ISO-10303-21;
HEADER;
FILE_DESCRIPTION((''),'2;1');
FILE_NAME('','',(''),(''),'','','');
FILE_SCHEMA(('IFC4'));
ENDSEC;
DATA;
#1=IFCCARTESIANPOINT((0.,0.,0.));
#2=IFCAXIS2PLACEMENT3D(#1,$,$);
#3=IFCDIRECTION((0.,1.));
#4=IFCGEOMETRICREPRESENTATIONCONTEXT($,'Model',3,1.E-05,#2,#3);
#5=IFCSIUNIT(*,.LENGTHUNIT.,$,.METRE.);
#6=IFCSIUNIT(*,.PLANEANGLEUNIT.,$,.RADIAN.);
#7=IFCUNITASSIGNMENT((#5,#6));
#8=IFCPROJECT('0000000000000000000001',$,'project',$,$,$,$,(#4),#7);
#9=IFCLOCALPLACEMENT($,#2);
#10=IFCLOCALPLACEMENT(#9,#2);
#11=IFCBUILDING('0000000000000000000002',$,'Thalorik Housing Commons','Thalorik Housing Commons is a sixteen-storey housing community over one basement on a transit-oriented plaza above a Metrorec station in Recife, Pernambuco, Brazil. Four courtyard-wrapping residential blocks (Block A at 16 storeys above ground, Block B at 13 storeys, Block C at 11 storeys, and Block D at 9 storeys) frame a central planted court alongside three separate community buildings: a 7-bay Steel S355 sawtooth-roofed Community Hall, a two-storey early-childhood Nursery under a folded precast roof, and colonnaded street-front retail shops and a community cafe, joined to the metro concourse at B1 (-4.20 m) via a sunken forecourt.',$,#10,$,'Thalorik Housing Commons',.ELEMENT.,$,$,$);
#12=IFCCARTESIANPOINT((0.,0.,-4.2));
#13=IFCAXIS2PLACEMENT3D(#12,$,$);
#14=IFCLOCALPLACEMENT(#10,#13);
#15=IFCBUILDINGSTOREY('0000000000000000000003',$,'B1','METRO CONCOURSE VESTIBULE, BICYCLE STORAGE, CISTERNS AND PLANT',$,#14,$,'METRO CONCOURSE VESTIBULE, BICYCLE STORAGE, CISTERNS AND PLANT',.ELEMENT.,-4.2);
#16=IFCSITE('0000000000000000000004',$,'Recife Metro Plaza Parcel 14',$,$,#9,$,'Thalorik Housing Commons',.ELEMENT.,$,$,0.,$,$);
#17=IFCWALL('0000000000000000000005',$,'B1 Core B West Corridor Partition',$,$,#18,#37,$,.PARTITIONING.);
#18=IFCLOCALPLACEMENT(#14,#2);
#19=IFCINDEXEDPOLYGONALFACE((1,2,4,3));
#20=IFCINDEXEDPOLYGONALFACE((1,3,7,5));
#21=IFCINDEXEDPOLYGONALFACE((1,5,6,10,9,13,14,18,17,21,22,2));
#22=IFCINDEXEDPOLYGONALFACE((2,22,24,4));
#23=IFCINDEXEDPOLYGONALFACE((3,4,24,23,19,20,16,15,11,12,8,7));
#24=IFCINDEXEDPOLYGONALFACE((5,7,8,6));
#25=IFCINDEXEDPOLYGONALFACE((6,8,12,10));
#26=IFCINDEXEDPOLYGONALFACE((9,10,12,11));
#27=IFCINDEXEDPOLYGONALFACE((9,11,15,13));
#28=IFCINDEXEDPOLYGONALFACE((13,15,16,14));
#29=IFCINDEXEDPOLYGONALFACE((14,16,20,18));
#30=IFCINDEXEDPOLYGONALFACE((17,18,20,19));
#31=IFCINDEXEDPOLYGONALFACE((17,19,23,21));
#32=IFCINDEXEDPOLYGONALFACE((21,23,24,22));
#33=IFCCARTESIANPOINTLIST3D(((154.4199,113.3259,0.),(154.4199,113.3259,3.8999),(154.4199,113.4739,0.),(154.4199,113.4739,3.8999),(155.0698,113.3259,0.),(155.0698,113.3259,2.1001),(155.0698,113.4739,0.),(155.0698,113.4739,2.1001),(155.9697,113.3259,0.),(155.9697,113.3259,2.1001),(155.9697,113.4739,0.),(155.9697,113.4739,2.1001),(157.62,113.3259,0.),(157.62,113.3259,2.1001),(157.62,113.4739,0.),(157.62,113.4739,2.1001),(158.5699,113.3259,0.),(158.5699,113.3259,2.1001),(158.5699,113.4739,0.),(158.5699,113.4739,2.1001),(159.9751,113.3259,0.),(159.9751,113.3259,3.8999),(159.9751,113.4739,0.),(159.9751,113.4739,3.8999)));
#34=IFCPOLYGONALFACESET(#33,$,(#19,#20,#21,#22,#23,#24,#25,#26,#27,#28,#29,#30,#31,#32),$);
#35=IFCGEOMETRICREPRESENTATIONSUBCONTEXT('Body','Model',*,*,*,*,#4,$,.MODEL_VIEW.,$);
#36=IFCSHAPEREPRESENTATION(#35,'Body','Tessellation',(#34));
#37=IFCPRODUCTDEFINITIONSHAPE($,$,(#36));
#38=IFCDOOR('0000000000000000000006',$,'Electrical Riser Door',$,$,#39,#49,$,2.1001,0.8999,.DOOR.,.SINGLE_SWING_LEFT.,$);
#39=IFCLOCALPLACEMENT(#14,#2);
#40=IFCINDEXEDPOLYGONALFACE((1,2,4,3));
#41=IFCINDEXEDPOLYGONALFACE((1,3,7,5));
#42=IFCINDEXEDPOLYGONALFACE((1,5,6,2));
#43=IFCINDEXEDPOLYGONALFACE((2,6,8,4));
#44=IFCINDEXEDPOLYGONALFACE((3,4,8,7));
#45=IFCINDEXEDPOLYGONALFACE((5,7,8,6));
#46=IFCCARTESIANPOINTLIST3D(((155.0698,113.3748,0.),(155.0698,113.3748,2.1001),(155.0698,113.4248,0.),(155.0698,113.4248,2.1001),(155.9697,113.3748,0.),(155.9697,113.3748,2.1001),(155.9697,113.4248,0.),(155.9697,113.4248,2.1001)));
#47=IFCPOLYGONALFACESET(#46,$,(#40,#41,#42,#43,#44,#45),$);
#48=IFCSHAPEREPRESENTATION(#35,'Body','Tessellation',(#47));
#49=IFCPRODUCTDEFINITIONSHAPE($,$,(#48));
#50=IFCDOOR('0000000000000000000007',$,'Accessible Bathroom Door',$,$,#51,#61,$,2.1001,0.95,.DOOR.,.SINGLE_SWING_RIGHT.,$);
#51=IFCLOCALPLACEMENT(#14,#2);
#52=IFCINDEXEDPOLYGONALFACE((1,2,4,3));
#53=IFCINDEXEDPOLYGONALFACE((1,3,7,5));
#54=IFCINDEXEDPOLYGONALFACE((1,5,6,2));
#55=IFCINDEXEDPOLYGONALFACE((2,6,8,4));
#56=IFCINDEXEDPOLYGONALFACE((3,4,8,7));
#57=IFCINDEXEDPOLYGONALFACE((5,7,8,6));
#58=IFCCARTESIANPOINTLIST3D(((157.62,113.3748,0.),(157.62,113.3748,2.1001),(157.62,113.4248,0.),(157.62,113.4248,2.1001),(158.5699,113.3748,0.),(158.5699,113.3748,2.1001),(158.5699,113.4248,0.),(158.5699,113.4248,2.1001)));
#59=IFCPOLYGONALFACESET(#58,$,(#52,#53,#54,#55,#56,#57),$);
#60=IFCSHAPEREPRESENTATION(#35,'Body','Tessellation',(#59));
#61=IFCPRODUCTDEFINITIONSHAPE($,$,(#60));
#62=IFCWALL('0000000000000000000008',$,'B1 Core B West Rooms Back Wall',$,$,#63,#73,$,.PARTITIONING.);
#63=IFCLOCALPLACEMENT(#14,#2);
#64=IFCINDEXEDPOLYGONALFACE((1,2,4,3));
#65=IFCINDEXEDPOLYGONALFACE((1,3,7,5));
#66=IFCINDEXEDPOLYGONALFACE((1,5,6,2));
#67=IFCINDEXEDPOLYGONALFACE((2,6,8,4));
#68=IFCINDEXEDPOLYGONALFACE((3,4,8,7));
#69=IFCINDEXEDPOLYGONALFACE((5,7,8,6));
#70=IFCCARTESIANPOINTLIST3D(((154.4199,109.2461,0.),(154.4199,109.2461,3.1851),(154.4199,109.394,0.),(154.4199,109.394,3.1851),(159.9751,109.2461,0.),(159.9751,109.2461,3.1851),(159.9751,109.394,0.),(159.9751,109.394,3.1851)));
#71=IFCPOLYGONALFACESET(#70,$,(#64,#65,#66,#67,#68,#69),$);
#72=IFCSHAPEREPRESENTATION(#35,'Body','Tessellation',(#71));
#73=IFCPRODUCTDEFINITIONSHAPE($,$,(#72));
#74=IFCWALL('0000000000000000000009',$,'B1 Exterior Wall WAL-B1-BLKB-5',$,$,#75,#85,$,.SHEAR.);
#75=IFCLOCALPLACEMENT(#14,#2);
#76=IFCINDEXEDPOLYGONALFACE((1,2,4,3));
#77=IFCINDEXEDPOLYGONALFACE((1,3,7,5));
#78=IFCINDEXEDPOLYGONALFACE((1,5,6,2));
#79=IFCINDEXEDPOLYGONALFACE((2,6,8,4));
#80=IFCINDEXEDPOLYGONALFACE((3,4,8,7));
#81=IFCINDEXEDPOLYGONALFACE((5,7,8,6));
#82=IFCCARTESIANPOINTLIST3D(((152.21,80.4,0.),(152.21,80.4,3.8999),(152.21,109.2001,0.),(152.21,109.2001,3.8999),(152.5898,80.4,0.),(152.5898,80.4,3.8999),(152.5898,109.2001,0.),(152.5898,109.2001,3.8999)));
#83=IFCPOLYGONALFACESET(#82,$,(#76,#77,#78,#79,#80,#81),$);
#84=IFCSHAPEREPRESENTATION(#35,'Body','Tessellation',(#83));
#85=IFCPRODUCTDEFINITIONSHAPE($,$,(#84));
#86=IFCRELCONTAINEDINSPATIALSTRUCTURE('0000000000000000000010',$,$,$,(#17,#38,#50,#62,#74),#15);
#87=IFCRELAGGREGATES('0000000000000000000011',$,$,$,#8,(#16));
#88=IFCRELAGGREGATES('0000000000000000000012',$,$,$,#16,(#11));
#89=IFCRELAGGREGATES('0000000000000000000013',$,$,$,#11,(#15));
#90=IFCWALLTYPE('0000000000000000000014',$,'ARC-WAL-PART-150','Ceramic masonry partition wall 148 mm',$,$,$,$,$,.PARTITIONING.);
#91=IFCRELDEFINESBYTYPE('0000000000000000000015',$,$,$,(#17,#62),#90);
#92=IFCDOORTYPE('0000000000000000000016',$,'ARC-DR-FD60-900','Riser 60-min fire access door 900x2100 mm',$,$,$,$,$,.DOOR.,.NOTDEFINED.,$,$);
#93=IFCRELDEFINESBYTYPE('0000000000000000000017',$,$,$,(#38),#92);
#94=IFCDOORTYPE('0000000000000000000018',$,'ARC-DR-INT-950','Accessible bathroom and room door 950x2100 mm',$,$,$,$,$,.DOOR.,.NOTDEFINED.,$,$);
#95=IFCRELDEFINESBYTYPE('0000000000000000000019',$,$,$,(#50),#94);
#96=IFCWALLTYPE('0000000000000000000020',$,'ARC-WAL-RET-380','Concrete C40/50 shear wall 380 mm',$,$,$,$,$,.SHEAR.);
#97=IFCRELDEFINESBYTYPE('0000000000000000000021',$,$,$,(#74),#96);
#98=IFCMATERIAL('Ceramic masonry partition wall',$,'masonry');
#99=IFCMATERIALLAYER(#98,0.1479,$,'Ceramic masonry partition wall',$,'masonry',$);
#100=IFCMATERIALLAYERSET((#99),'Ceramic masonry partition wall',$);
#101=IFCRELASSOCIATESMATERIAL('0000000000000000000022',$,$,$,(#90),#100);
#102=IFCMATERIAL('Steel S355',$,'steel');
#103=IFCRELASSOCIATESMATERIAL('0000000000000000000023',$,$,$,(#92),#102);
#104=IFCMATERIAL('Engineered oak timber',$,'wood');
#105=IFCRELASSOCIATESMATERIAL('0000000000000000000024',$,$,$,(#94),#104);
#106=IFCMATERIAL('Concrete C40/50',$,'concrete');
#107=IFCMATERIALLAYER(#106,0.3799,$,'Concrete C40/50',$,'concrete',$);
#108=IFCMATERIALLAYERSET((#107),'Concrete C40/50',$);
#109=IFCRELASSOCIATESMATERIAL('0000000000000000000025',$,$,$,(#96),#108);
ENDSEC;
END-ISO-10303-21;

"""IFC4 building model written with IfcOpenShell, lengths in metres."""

from ifc_helpers import new_model, si_unit, direction, frame, frame_2d, origin, place, context, subcontext, project, spatial, rectangle, extrude, material, layer, layer_set, type_object, element, fill, save


model = new_model("IFC4")

# Units and contexts
model_context = context("Model", 3, precision=1e-05, world=origin(), true_north=direction((0.0, 1.0)))
body_context = subcontext(model_context, "Body", "Model", "MODEL_VIEW")
ifc_project = project(units=[si_unit("LENGTHUNIT", "METRE"), si_unit("PLANEANGLEUNIT", "RADIAN")], contexts=[model_context])

# Site, building, storey
site_placement = place(None, origin())
site = spatial("IfcSite", under=ifc_project, at=site_placement, Name="Recife Metro Plaza Parcel 14", LongName="Thalorik Housing Commons", CompositionType="ELEMENT", RefElevation=0.0)
building_placement = place(site_placement, origin())
building = spatial("IfcBuilding", under=site, at=building_placement, Name="Thalorik Housing Commons", Description="Thalorik Housing Commons is a sixteen-storey housing community over one basement on a transit-oriented plaza above a Metrorec station in Recife, Pernambuco, Brazil. Four courtyard-wrapping residential blocks (Block A at 16 storeys above ground, Block B at 13 storeys, Block C at 11 storeys, and Block D at 9 storeys) frame a central planted court alongside three separate community buildings: a 7-bay Steel S355 sawtooth-roofed Community Hall, a two-storey early-childhood Nursery under a folded precast roof, and colonnaded street-front retail shops and a community cafe, joined to the metro concourse at B1 (-4.20 m) via a sunken forecourt.", LongName="Thalorik Housing Commons", CompositionType="ELEMENT")
storey_placement = place(building_placement, frame((0.0, 0.0, -4.2)))
storey = spatial("IfcBuildingStorey", under=building, at=storey_placement, Name="B1", Description="METRO CONCOURSE VESTIBULE, BICYCLE STORAGE, CISTERNS AND PLANT", LongName="METRO CONCOURSE VESTIBULE, BICYCLE STORAGE, CISTERNS AND PLANT", CompositionType="ELEMENT", Elevation=-4.2)

# Shared definitions
ifc_material_1 = material(Name="Concrete C40/50", Category="concrete")

# Shared definitions
ifc_material_2 = material(Name="Ceramic masonry partition wall", Category="masonry")
ifc_layer_1 = layer(ifc_material_2, 0.1479, Name="Ceramic masonry partition wall", Category="masonry")
ifc_layer_set_1 = layer_set([ifc_layer_1], Name="Ceramic masonry partition wall")
wall_type_1 = type_object("IfcWallType", Name="ARC-WAL-PART-150", Description="Ceramic masonry partition wall 148 mm", PredefinedType="PARTITIONING", material=ifc_layer_set_1)

# Wall, openings, doors
wall_1_placement = place(storey_placement, frame((154.4199, 113.3999, 0.0), z_axis=(0.0, 0.0, 1.0), x_axis=(1.0, 0.0, 0.0)))
wall_1 = element("IfcWall", 1, at=wall_1_placement, inside=storey, type_object=wall_type_1, Name="B1 Core B West Corridor Partition", PredefinedType="PARTITIONING", context=body_context, shape_type="SweptSolid", body=[
    extrude(rectangle(XDim=5.5552, YDim=0.1479, at=frame_2d((2.7776, 0.0))), origin(), (0.0, 0.0, 1.0), 3.8999),
])
opening_1_placement = place(wall_1_placement, frame((0.6499, 0.0, 0.0)))
opening_1 = element("IfcOpeningElement", 2, at=opening_1_placement, cuts=wall_1, PredefinedType="OPENING", context=body_context, shape_type="SweptSolid", body=[
    extrude(rectangle(XDim=0.8999, YDim=2.1001, at=frame_2d((0.45, 1.05))), frame((0.0, 0.084, 0.0), z_axis=(0.0, -1.0, 0.0), x_axis=(1.0, 0.0, 0.0)), (0.0, 0.0, 1.0), 0.168),
])
opening_2_placement = place(wall_1_placement, frame((3.2, 0.0, 0.0)))
opening_2 = element("IfcOpeningElement", 3, at=opening_2_placement, cuts=wall_1, PredefinedType="OPENING", context=body_context, shape_type="SweptSolid", body=[
    extrude(rectangle(XDim=0.95, YDim=2.1001, at=frame_2d((0.4751, 1.05))), frame((0.0, 0.084, 0.0), z_axis=(0.0, -1.0, 0.0), x_axis=(1.0, 0.0, 0.0)), (0.0, 0.0, 1.0), 0.168),
])
ifc_material_3 = material(Name="Steel S355", Category="steel")
door_type_1 = type_object("IfcDoorType", Name="ARC-DR-FD60-900", Description="Riser 60-min fire access door 900x2100 mm", OperationType="NOTDEFINED", PredefinedType="DOOR", material=ifc_material_3)
door_1_placement = place(opening_1_placement, origin())
door_1 = element("IfcDoor", 4, at=door_1_placement, inside=storey, type_object=door_type_1, Name="Electrical Riser Door", OperationType="SINGLE_SWING_LEFT", OverallHeight=2.1001, OverallWidth=0.8999, PredefinedType="DOOR", context=body_context, shape_type="SweptSolid", body=[
    extrude(rectangle(XDim=0.8999, YDim=2.1001, at=frame_2d((0.45, 1.05))), frame((0.0, 0.0249, 0.0), z_axis=(0.0, -1.0, 0.0), x_axis=(1.0, 0.0, 0.0)), (0.0, 0.0, 1.0), 0.05),
])
fill(opening_1, door_1)
ifc_material_4 = material(Name="Engineered oak timber", Category="wood")
door_type_2 = type_object("IfcDoorType", Name="ARC-DR-INT-950", Description="Accessible bathroom and room door 950x2100 mm", OperationType="NOTDEFINED", PredefinedType="DOOR", material=ifc_material_4)
door_2_placement = place(opening_2_placement, origin())
door_2 = element("IfcDoor", 5, at=door_2_placement, inside=storey, type_object=door_type_2, Name="Accessible Bathroom Door", OperationType="SINGLE_SWING_RIGHT", OverallHeight=2.1001, OverallWidth=0.95, PredefinedType="DOOR", context=body_context, shape_type="SweptSolid", body=[
    extrude(rectangle(XDim=0.95, YDim=2.1001, at=frame_2d((0.4751, 1.05))), frame((0.0, 0.0249, 0.0), z_axis=(0.0, -1.0, 0.0), x_axis=(1.0, 0.0, 0.0)), (0.0, 0.0, 1.0), 0.05),
])
fill(opening_2, door_2)

# Walls
wall_2_placement = place(storey_placement, frame((154.4199, 109.3201, 0.0), z_axis=(0.0, 0.0, 1.0), x_axis=(1.0, 0.0, 0.0)))
element("IfcWall", 6, at=wall_2_placement, inside=storey, type_object=wall_type_1, Name="B1 Core B West Rooms Back Wall", PredefinedType="PARTITIONING", context=body_context, shape_type="SweptSolid", body=[
    extrude(rectangle(XDim=5.5552, YDim=0.1479, at=frame_2d((2.7776, 0.0))), origin(), (0.0, 0.0, 1.0), 3.1851),
])
ifc_layer_2 = layer(ifc_material_1, 0.3799, Name="Concrete C40/50", Category="concrete")
ifc_layer_set_2 = layer_set([ifc_layer_2], Name="Concrete C40/50")
wall_type_2 = type_object("IfcWallType", Name="ARC-WAL-RET-380", Description="Concrete C40/50 shear wall 380 mm", PredefinedType="SHEAR", material=ifc_layer_set_2)
wall_3_placement = place(storey_placement, frame((152.3999, 109.2, 0.0), z_axis=(0.0, 0.0, 1.0), x_axis=(0.0, -1.0, 0.0)))
element("IfcWall", 7, at=wall_3_placement, inside=storey, type_object=wall_type_2, Name="B1 Exterior Wall WAL-B1-BLKB-5", PredefinedType="SHEAR", context=body_context, shape_type="SweptSolid", body=[
    extrude(rectangle(XDim=28.8, YDim=0.3799, at=frame_2d((14.3999, 0.0))), origin(), (0.0, 0.0, 1.0), 3.8999),
])

save(model, "model.ifc")
